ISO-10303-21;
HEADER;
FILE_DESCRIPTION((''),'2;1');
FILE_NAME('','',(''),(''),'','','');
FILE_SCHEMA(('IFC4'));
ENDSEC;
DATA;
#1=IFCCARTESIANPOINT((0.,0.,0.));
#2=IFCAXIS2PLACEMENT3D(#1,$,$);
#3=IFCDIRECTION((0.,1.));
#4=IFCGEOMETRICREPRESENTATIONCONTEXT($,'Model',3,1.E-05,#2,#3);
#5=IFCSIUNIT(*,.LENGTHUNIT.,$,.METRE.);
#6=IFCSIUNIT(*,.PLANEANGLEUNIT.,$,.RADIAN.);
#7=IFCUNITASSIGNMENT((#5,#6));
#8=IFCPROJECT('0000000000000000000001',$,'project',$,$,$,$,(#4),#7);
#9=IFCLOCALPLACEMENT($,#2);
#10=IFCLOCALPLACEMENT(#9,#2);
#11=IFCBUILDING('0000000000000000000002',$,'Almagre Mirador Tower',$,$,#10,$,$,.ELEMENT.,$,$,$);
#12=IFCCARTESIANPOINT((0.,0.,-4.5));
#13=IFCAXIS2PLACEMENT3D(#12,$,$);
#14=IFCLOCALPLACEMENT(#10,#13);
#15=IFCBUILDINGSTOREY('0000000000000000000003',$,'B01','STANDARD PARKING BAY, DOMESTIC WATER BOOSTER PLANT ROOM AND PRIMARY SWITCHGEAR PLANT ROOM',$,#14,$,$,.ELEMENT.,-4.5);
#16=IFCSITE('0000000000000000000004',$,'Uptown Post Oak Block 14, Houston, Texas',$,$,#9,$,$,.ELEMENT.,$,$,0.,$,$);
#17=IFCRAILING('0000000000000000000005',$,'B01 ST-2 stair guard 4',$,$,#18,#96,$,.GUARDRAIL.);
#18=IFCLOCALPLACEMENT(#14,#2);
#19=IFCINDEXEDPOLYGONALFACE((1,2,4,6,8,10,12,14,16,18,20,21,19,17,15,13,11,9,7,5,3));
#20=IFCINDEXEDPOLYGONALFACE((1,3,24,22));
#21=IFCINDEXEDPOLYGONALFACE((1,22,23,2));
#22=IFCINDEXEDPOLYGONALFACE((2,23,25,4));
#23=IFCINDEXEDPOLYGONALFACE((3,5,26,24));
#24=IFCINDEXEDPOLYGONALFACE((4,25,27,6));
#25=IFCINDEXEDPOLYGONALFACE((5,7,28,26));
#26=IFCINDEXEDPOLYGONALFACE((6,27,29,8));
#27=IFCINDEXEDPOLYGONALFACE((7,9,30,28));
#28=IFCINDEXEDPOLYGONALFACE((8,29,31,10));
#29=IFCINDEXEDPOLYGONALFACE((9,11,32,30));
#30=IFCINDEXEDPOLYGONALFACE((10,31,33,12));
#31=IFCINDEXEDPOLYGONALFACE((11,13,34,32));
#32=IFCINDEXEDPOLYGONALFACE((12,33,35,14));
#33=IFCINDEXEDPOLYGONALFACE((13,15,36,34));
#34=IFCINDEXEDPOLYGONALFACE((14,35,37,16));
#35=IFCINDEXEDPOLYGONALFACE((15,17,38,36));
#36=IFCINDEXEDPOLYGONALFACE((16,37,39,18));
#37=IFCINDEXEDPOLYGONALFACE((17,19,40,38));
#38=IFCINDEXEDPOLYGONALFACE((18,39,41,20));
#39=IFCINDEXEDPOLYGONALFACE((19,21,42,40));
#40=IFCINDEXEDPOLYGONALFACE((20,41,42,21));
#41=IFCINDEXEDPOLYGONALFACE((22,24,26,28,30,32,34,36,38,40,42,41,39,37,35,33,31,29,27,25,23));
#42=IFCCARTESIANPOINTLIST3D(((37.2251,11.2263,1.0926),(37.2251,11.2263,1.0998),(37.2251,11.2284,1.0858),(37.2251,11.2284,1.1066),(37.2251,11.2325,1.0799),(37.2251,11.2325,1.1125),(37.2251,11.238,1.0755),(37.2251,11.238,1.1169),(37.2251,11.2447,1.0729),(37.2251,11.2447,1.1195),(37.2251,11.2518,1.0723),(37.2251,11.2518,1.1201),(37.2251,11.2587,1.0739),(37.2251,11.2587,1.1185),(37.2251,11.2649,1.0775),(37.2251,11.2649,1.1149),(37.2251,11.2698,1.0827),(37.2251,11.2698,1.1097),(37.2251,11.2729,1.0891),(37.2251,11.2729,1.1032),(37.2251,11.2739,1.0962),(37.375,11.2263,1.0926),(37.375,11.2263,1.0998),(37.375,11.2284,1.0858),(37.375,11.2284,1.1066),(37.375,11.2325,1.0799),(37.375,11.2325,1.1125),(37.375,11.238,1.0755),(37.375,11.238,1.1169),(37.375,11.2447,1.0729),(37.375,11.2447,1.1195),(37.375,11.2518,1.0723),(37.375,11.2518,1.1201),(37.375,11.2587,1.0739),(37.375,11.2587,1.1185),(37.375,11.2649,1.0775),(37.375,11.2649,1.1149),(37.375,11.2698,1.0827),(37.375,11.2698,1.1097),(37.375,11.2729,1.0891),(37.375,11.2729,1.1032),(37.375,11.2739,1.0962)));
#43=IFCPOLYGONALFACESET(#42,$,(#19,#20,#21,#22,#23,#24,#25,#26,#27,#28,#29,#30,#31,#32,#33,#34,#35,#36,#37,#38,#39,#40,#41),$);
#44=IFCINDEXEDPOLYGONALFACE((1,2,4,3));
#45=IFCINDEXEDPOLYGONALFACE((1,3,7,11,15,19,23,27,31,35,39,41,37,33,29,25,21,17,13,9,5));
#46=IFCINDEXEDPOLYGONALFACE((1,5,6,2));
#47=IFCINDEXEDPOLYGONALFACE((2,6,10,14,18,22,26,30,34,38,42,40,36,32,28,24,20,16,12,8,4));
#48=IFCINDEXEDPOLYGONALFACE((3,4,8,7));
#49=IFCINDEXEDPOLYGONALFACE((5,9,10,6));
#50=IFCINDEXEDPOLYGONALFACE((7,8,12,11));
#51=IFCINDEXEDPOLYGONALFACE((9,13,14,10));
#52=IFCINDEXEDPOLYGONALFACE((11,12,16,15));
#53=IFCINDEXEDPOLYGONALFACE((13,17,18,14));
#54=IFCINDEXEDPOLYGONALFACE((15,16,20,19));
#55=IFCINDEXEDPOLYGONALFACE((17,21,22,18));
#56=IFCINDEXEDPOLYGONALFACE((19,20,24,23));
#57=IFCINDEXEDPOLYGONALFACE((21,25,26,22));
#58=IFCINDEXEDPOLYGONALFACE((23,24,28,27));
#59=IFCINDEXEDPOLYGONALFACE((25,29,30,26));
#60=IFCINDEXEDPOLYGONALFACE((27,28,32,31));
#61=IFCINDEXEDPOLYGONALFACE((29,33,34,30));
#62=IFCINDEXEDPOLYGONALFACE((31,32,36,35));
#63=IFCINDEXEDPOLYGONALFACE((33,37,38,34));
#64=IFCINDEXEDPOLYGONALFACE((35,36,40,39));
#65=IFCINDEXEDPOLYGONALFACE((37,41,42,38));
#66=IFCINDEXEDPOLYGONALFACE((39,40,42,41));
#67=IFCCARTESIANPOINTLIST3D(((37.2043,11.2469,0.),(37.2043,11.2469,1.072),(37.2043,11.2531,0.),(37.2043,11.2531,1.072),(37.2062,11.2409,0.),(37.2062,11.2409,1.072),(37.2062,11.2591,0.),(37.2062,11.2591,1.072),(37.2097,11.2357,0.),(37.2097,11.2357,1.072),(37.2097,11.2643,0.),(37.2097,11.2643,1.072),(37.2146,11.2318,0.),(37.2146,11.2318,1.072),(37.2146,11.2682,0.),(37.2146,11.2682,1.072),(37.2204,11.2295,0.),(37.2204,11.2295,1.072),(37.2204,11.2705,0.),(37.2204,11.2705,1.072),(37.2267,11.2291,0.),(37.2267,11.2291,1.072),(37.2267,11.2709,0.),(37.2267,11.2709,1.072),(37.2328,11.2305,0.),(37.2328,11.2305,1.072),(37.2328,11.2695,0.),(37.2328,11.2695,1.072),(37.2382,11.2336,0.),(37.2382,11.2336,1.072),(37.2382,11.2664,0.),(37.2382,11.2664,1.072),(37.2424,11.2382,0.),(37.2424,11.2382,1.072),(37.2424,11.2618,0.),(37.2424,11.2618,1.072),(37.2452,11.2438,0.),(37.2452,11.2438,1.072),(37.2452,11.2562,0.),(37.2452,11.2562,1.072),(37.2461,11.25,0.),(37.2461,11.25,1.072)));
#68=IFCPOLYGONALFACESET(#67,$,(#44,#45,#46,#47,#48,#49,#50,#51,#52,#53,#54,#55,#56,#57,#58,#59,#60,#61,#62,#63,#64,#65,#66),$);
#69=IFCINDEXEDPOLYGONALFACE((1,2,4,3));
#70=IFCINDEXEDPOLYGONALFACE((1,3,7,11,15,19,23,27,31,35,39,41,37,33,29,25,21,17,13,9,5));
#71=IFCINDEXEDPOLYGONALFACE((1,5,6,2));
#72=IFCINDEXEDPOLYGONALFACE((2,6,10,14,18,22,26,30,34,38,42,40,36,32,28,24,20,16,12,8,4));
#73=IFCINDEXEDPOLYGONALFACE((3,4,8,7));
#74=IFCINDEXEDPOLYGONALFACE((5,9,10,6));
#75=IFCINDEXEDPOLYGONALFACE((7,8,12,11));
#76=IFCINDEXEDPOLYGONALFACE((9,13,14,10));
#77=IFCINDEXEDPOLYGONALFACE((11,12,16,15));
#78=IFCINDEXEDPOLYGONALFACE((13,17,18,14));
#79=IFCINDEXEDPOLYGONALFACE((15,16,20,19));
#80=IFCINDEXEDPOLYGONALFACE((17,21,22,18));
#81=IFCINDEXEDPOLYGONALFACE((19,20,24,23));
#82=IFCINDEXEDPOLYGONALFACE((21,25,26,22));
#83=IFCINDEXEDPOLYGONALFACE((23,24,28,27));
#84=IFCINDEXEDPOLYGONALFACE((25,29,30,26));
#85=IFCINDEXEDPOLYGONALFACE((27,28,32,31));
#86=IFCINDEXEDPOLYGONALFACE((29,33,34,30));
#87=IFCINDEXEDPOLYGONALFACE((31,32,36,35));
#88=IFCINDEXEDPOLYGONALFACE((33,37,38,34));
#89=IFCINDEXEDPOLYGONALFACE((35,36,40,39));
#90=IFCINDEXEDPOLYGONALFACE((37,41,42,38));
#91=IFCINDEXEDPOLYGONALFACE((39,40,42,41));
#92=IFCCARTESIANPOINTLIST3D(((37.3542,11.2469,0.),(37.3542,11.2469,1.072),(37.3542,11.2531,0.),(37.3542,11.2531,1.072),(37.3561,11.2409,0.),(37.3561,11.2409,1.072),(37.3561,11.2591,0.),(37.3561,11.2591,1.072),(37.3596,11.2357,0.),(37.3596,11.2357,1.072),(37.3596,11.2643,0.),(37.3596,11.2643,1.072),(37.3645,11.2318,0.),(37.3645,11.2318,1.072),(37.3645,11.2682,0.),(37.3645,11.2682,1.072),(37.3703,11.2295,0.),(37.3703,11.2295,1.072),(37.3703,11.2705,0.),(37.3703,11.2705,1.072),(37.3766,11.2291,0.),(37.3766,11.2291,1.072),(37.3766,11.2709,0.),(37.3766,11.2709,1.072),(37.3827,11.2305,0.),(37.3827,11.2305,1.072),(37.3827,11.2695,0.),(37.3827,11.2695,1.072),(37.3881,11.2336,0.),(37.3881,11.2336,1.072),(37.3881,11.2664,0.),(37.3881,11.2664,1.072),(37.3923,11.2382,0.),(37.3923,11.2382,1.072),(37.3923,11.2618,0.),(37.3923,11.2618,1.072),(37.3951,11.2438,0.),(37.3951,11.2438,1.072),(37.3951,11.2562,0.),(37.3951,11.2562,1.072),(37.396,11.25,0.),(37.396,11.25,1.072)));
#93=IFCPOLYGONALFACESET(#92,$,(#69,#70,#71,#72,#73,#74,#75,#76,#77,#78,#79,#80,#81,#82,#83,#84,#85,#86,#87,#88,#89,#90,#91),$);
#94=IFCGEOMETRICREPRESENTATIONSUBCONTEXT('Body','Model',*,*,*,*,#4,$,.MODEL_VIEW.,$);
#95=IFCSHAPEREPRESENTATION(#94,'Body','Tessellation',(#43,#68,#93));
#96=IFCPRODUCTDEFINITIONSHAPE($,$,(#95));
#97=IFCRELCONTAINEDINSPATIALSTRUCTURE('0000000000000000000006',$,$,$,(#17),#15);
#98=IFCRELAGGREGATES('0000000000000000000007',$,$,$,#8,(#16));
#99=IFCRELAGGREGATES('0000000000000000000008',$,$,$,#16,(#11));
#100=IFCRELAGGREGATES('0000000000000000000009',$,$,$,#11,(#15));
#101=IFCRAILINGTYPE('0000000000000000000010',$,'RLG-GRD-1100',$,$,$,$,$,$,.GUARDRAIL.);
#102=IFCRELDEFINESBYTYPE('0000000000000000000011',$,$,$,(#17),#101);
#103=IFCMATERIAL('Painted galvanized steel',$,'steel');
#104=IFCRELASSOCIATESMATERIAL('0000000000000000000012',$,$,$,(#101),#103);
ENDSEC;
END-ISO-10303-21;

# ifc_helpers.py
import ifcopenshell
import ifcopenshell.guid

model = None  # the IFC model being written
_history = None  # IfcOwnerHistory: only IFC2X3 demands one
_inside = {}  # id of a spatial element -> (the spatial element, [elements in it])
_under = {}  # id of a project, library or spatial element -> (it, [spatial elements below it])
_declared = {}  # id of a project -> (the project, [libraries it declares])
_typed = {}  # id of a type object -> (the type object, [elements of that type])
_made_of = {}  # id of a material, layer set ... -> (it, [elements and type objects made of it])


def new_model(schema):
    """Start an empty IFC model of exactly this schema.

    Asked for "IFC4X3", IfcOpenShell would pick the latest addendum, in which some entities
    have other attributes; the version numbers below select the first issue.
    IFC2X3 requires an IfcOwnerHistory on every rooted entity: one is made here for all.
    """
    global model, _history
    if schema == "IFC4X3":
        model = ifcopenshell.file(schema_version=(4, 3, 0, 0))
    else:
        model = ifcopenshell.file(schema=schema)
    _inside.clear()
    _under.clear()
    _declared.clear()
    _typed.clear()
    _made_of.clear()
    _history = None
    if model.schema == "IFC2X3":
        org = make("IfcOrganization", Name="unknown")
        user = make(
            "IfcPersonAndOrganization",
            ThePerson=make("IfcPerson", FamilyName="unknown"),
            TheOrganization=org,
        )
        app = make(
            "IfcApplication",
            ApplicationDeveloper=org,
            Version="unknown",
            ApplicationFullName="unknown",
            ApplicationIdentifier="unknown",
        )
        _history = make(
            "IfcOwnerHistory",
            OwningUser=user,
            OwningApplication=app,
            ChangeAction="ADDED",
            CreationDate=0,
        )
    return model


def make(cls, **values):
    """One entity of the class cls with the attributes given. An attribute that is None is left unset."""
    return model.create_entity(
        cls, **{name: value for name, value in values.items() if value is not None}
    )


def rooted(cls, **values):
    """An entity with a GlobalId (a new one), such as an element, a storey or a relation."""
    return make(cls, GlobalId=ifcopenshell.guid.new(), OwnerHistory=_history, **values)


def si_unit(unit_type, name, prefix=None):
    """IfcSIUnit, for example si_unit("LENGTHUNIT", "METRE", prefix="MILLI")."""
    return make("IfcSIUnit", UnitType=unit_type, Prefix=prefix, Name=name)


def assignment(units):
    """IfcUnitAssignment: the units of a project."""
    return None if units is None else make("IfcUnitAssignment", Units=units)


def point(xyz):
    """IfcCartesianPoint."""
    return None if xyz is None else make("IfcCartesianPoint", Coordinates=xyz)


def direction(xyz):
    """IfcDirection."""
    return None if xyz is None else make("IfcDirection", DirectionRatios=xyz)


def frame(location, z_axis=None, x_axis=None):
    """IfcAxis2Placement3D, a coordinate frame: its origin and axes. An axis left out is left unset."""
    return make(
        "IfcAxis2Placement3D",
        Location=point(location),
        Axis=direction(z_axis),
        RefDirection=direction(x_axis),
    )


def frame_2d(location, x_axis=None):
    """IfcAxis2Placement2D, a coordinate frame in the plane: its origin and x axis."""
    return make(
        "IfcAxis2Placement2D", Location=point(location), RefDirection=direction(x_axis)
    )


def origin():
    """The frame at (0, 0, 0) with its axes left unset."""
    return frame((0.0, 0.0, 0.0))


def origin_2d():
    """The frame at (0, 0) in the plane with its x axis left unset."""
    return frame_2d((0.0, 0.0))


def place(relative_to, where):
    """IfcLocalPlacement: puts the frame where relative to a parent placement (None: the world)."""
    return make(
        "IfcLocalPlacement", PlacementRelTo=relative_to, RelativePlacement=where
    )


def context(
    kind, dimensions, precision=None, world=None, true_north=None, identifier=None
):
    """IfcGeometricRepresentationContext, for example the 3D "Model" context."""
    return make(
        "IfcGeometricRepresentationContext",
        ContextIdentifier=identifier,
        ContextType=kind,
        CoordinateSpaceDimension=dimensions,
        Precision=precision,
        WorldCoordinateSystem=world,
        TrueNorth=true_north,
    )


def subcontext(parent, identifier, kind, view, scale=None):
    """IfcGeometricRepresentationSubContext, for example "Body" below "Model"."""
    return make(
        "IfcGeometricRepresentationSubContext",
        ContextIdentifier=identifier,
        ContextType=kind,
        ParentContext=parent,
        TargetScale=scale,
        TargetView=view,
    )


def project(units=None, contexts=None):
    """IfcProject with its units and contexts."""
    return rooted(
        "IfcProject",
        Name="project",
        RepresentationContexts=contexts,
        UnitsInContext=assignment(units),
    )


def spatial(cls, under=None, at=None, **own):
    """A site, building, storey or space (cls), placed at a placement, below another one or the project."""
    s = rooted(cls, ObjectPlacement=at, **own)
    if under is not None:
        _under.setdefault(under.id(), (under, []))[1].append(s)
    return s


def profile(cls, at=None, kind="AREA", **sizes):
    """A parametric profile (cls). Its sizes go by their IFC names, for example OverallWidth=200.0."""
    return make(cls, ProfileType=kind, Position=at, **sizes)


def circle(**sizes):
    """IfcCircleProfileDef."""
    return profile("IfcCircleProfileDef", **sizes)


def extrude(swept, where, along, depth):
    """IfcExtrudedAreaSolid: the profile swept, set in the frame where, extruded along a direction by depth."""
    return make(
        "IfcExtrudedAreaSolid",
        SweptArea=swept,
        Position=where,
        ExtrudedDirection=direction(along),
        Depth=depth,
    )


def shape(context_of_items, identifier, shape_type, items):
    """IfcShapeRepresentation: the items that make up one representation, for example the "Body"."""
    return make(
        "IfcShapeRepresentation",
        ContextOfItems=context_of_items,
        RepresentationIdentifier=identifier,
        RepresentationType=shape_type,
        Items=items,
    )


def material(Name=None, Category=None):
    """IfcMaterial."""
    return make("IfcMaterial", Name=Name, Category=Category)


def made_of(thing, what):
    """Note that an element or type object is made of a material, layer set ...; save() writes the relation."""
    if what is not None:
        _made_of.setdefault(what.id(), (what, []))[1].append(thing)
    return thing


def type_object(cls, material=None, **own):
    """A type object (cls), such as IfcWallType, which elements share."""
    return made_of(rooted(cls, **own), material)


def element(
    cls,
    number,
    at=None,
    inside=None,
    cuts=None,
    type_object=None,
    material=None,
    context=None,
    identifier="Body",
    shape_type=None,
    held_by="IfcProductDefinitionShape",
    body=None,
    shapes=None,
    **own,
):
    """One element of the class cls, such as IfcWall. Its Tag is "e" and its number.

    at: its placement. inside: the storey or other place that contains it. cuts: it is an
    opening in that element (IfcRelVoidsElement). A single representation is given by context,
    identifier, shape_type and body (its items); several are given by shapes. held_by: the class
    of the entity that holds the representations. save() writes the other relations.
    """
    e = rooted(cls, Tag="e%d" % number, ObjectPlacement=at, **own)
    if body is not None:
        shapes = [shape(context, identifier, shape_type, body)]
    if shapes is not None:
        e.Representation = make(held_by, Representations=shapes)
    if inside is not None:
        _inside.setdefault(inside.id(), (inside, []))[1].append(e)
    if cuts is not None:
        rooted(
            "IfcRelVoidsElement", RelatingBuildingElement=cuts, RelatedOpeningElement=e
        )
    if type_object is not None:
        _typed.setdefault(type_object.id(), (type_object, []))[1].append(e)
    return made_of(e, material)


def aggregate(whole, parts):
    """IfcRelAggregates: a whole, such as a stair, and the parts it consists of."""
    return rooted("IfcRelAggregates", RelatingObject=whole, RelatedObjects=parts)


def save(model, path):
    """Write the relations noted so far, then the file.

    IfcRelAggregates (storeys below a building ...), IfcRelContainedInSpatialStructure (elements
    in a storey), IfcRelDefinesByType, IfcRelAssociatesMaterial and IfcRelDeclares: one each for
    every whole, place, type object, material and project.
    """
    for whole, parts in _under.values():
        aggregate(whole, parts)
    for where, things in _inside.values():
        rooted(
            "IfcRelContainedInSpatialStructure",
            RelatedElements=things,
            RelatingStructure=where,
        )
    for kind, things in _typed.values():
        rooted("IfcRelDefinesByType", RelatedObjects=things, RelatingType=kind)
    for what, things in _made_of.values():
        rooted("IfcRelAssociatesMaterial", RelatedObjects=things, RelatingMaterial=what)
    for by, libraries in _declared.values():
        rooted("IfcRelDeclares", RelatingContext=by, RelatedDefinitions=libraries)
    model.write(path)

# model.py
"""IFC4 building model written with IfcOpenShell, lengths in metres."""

from ifc_helpers import new_model, si_unit, direction, frame, origin, origin_2d, place, context, subcontext, project, spatial, circle, extrude, material, type_object, element, save


model = new_model("IFC4")

# Units and contexts
model_context = context("Model", 3, precision=1e-05, world=origin(), true_north=direction((0.0, 1.0)))
body_context = subcontext(model_context, "Body", "Model", "MODEL_VIEW")
ifc_project = project(units=[si_unit("LENGTHUNIT", "METRE"), si_unit("PLANEANGLEUNIT", "RADIAN")], contexts=[model_context])

# Site, building, storey
site_placement = place(None, origin())
site = spatial("IfcSite", under=ifc_project, at=site_placement, Name="Uptown Post Oak Block 14, Houston, Texas", CompositionType="ELEMENT", RefElevation=0.0)
building_placement = place(site_placement, origin())
building = spatial("IfcBuilding", under=site, at=building_placement, Name="Almagre Mirador Tower", CompositionType="ELEMENT")
storey_placement = place(building_placement, frame((0.0, 0.0, -4.5)))
storey = spatial("IfcBuildingStorey", under=building, at=storey_placement, Name="B01", Description="STANDARD PARKING BAY, DOMESTIC WATER BOOSTER PLANT ROOM AND PRIMARY SWITCHGEAR PLANT ROOM", CompositionType="ELEMENT", Elevation=-4.5)

# Railing
ifc_material_1 = material(Name="Painted galvanized steel", Category="steel")
railing_type_1 = type_object("IfcRailingType", Name="RLG-GRD-1100", PredefinedType="GUARDRAIL", material=ifc_material_1)
railing_1_placement = place(storey_placement, frame((37.2251, 11.25, 0.0)))
element("IfcRailing", 1, at=railing_1_placement, inside=storey, type_object=railing_type_1, Name="B01 ST-2 stair guard 4", PredefinedType="GUARDRAIL", context=body_context, shape_type="SweptSolid", body=[
    extrude(circle(Radius=0.0239, at=origin_2d()), frame((0.0, 0.0, 1.0962), z_axis=(1.0, 0.0, 0.0), x_axis=(0.0, 1.0, 0.0)), (0.0, 0.0, 1.0), 0.1499),
    extrude(circle(Radius=0.021, at=origin_2d()), origin(), (0.0, 0.0, 1.0), 1.072),
    extrude(circle(Radius=0.021, at=origin_2d()), frame((0.1499, 0.0, 0.0)), (0.0, 0.0, 1.0), 1.072),
])

save(model, "model.ifc")
